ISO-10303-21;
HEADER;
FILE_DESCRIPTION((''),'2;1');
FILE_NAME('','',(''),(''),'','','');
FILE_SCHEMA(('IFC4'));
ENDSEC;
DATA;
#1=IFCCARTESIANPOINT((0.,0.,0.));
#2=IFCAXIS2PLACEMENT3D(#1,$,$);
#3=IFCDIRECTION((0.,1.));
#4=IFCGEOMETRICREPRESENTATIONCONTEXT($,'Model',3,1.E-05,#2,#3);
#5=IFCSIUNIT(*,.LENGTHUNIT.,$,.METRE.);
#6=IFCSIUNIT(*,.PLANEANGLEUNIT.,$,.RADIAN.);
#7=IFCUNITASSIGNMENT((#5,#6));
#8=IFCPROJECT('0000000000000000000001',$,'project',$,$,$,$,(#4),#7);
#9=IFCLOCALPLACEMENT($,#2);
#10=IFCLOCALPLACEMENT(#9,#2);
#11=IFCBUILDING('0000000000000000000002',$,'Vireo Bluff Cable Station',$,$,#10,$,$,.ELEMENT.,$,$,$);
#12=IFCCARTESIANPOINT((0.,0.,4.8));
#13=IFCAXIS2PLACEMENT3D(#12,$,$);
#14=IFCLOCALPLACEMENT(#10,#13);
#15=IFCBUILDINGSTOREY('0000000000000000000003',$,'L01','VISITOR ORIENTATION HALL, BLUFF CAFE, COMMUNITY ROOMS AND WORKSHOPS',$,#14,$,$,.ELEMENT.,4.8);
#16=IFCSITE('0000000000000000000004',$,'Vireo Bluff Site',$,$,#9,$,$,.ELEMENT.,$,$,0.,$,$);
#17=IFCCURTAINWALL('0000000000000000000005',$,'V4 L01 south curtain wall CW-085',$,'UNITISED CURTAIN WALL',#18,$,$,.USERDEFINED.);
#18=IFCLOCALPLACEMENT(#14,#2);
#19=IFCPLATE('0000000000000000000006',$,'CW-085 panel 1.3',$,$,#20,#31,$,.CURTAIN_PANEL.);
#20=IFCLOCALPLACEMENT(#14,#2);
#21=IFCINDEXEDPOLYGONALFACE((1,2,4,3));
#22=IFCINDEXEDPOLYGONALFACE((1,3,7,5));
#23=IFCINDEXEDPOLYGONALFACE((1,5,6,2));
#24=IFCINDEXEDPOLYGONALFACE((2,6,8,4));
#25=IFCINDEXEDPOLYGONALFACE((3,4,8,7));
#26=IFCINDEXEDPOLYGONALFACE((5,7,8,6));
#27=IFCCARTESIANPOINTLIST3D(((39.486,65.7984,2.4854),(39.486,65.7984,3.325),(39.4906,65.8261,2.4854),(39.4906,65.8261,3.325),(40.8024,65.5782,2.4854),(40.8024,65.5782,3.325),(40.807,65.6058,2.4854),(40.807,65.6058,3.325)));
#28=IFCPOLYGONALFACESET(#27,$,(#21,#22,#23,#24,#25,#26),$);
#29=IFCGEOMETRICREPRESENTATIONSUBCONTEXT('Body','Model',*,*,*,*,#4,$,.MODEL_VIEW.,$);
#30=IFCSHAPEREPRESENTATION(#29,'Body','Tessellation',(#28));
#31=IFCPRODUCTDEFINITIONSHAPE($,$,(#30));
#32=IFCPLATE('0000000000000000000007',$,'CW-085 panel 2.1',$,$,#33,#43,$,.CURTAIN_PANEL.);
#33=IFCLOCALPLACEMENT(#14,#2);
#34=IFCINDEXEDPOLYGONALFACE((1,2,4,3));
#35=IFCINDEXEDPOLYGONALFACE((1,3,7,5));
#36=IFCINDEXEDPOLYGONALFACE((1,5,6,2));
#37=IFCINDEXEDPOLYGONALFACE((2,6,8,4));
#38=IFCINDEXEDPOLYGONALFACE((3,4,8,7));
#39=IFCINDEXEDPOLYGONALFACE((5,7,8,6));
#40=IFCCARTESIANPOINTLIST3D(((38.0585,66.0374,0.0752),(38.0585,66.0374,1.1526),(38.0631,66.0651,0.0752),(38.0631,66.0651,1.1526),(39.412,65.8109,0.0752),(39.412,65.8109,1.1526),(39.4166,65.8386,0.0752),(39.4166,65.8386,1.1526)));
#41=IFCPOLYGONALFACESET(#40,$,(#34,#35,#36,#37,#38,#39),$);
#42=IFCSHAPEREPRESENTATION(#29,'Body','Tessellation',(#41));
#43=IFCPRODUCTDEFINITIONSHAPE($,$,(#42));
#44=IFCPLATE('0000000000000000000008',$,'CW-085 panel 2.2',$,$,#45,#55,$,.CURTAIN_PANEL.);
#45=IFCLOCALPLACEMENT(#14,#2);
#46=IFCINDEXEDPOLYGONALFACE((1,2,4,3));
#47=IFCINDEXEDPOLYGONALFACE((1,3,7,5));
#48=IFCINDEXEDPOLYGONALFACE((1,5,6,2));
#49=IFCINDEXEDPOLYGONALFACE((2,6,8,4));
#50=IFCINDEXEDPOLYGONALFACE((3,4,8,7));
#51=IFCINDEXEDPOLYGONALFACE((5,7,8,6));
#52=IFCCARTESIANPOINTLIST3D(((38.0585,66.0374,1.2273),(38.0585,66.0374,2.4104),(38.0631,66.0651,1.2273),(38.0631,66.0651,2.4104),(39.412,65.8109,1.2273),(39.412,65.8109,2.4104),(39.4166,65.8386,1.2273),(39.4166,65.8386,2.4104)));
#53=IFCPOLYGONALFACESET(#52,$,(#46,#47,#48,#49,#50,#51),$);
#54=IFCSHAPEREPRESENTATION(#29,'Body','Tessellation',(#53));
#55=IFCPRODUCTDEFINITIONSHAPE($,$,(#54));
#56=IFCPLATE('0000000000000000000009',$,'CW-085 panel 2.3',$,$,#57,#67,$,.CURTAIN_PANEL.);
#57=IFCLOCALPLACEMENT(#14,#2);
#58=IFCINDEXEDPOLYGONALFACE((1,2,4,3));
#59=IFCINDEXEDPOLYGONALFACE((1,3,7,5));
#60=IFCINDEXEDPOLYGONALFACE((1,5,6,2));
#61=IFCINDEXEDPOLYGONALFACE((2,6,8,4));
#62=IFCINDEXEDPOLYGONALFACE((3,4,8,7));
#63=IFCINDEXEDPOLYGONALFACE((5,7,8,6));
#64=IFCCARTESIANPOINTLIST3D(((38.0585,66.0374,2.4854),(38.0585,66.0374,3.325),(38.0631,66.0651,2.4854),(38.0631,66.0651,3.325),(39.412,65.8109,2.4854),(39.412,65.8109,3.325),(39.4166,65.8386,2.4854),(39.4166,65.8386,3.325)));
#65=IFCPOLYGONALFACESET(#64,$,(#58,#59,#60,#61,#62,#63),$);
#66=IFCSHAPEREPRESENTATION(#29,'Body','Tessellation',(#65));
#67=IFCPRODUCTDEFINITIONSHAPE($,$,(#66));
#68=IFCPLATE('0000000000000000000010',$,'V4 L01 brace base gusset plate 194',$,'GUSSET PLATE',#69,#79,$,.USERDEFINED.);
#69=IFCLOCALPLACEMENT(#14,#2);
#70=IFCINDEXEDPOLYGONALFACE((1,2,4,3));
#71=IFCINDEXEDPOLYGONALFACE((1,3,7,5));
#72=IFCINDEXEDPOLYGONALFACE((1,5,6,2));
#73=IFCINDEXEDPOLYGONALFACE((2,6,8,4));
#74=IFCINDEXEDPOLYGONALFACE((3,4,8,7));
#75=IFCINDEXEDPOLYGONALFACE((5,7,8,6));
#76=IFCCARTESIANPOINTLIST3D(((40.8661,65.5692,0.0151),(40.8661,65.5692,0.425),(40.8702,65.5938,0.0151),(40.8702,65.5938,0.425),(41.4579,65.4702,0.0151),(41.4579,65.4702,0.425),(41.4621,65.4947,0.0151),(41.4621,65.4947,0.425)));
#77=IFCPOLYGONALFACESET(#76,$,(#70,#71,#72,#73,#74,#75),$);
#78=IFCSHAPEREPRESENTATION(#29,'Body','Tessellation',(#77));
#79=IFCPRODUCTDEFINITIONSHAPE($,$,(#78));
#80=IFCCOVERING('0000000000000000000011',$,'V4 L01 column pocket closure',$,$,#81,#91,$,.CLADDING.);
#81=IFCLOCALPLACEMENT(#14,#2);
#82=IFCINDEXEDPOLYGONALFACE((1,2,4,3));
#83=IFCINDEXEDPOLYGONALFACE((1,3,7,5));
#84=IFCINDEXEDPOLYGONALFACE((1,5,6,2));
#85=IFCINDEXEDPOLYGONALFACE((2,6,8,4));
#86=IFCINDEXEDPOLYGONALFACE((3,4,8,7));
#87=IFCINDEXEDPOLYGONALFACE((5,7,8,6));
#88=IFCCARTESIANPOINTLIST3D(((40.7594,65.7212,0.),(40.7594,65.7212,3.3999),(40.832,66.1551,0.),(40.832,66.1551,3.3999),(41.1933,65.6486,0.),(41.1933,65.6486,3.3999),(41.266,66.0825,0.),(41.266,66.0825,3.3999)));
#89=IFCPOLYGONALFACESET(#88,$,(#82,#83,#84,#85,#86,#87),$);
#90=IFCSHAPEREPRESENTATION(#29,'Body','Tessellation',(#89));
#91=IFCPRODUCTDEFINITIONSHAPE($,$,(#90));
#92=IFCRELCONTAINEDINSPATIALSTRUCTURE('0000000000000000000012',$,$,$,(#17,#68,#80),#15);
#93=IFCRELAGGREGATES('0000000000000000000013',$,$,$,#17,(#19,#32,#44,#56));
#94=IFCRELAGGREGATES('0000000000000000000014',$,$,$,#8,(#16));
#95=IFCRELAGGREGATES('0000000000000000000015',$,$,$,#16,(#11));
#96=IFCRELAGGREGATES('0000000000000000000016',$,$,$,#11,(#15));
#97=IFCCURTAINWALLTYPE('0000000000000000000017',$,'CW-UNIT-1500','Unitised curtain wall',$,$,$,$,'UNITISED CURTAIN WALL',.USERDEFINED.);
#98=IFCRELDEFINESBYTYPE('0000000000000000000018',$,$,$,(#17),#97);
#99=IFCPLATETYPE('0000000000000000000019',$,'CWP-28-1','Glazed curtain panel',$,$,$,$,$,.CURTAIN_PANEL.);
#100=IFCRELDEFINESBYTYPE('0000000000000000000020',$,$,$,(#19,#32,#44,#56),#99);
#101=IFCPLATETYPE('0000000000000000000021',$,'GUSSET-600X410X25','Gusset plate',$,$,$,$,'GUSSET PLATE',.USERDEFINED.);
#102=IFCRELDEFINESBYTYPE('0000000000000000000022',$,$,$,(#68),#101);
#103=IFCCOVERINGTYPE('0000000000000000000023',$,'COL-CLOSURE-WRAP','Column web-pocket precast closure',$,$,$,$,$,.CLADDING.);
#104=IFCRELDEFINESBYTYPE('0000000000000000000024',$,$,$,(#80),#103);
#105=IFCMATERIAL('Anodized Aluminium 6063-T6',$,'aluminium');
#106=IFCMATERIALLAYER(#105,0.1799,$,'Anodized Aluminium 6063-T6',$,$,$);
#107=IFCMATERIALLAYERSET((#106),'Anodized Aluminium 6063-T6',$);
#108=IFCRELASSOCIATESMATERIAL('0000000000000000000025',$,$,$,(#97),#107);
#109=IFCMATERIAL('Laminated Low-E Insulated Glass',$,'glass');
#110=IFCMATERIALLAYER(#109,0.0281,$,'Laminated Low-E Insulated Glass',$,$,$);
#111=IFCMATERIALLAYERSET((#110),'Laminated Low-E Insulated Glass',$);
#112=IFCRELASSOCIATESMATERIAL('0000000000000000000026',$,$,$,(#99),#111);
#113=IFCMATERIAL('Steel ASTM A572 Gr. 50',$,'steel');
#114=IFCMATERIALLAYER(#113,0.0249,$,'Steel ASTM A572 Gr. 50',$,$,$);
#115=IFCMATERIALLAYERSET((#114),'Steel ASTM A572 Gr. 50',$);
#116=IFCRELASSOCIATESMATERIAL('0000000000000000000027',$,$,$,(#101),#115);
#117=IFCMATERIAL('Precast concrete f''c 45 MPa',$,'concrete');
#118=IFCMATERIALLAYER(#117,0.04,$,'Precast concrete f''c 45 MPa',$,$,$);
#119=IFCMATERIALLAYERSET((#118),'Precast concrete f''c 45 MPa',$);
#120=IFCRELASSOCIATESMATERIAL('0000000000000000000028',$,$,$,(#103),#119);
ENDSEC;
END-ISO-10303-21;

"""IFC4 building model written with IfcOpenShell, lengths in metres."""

from ifc_helpers import new_model, si_unit, direction, frame, origin, origin_2d, place, context, subcontext, project, spatial, rectangle, extrude, material, layer, layer_set, type_object, element, aggregate, save


model = new_model("IFC4")

# Units and contexts
model_context = context("Model", 3, precision=1e-05, world=origin(), true_north=direction((0.0, 1.0)))
body_context = subcontext(model_context, "Body", "Model", "MODEL_VIEW")
ifc_project = project(units=[si_unit("LENGTHUNIT", "METRE"), si_unit("PLANEANGLEUNIT", "RADIAN")], contexts=[model_context])

# Site, building, storey
site_placement = place(None, origin())
site = spatial("IfcSite", under=ifc_project, at=site_placement, Name="Vireo Bluff Site", CompositionType="ELEMENT", RefElevation=0.0)
building_placement = place(site_placement, origin())
building = spatial("IfcBuilding", under=site, at=building_placement, Name="Vireo Bluff Cable Station", CompositionType="ELEMENT")
storey_placement = place(building_placement, frame((0.0, 0.0, 4.8)))
storey = spatial("IfcBuildingStorey", under=building, at=storey_placement, Name="L01", Description="VISITOR ORIENTATION HALL, BLUFF CAFE, COMMUNITY ROOMS AND WORKSHOPS", CompositionType="ELEMENT", Elevation=4.8)

# Curtain wall
ifc_material_1 = material(Name="Anodized Aluminium 6063-T6", Category="aluminium")
ifc_layer_1 = layer(ifc_material_1, 0.1799, Name="Anodized Aluminium 6063-T6")
ifc_layer_set_1 = layer_set([ifc_layer_1], Name="Anodized Aluminium 6063-T6")
curtain_wall_type = type_object("IfcCurtainWallType", Name="CW-UNIT-1500", Description="Unitised curtain wall", ElementType="UNITISED CURTAIN WALL", PredefinedType="USERDEFINED", material=ifc_layer_set_1)
curtain_wall_placement = place(storey_placement, origin())
curtain_wall = element("IfcCurtainWall", 1, at=curtain_wall_placement, inside=storey, type_object=curtain_wall_type, Name="V4 L01 south curtain wall CW-085", ObjectType="UNITISED CURTAIN WALL", PredefinedType="USERDEFINED")

# Plates
ifc_material_2 = material(Name="Laminated Low-E Insulated Glass", Category="glass")
ifc_layer_2 = layer(ifc_material_2, 0.0281, Name="Laminated Low-E Insulated Glass")
ifc_layer_set_2 = layer_set([ifc_layer_2], Name="Laminated Low-E Insulated Glass")
plate_type_1 = type_object("IfcPlateType", Name="CWP-28-1", Description="Glazed curtain panel", PredefinedType="CURTAIN_PANEL", material=ifc_layer_set_2)
plate_1_placement = place(storey_placement, frame((40.1465, 65.7021, 2.4854), z_axis=(0.0, 0.0, 1.0), x_axis=(-0.986286, 0.165048, 0.0)))
plate_1 = element("IfcPlate", 2, at=plate_1_placement, type_object=plate_type_1, Name="CW-085 panel 1.3", PredefinedType="CURTAIN_PANEL", context=body_context, shape_type="SweptSolid", body=[
    extrude(rectangle(XDim=1.3347, YDim=0.0281, at=origin_2d()), origin(), (0.0, 0.0, 1.0), 0.8396),
])
plate_2_placement = place(storey_placement, frame((38.7375, 65.938, 0.0752), z_axis=(0.0, 0.0, 1.0), x_axis=(-0.986286, 0.165048, 0.0)))
plate_2 = element("IfcPlate", 3, at=plate_2_placement, type_object=plate_type_1, Name="CW-085 panel 2.1", PredefinedType="CURTAIN_PANEL", context=body_context, shape_type="SweptSolid", body=[
    extrude(rectangle(XDim=1.3723, YDim=0.0281, at=origin_2d()), origin(), (0.0, 0.0, 1.0), 1.0774),
])
plate_3_placement = place(storey_placement, frame((38.7375, 65.938, 1.2273), z_axis=(0.0, 0.0, 1.0), x_axis=(-0.986286, 0.165048, 0.0)))
plate_3 = element("IfcPlate", 4, at=plate_3_placement, type_object=plate_type_1, Name="CW-085 panel 2.2", PredefinedType="CURTAIN_PANEL", context=body_context, shape_type="SweptSolid", body=[
    extrude(rectangle(XDim=1.3723, YDim=0.0281, at=origin_2d()), origin(), (0.0, 0.0, 1.0), 1.1831),
])
plate_4_placement = place(storey_placement, frame((38.7375, 65.938, 2.4854), z_axis=(0.0, 0.0, 1.0), x_axis=(-0.986286, 0.165048, 0.0)))
plate_4 = element("IfcPlate", 5, at=plate_4_placement, type_object=plate_type_1, Name="CW-085 panel 2.3", PredefinedType="CURTAIN_PANEL", context=body_context, shape_type="SweptSolid", body=[
    extrude(rectangle(XDim=1.3723, YDim=0.0281, at=origin_2d()), origin(), (0.0, 0.0, 1.0), 0.8396),
])
aggregate(curtain_wall, [plate_1, plate_2, plate_3, plate_4])
ifc_material_3 = material(Name="Steel ASTM A572 Gr. 50", Category="steel")
ifc_layer_3 = layer(ifc_material_3, 0.0249, Name="Steel ASTM A572 Gr. 50")
ifc_layer_set_3 = layer_set([ifc_layer_3], Name="Steel ASTM A572 Gr. 50")
plate_type_2 = type_object("IfcPlateType", Name="GUSSET-600X410X25", Description="Gusset plate", ElementType="GUSSET PLATE", PredefinedType="USERDEFINED", material=ifc_layer_set_3)
plate_5_placement = place(storey_placement, frame((41.1641, 65.532, 0.0151), z_axis=(0.0, 0.0, 1.0), x_axis=(0.986286, -0.165048, 0.0)))
element("IfcPlate", 6, at=plate_5_placement, inside=storey, type_object=plate_type_2, Name="V4 L01 brace base gusset plate 194", ObjectType="GUSSET PLATE", PredefinedType="USERDEFINED", context=body_context, shape_type="SweptSolid", body=[
    extrude(rectangle(XDim=0.6001, YDim=0.0249, at=origin_2d()), origin(), (0.0, 0.0, 1.0), 0.4099),
])

# Covering
ifc_material_4 = material(Name="Precast concrete f'c 45 MPa", Category="concrete")
ifc_layer_4 = layer(ifc_material_4, 0.04, Name="Precast concrete f'c 45 MPa")
ifc_layer_set_4 = layer_set([ifc_layer_4], Name="Precast concrete f'c 45 MPa")
covering_type = type_object("IfcCoveringType", Name="COL-CLOSURE-WRAP", Description="Column web-pocket precast closure", PredefinedType="CLADDING", material=ifc_layer_set_4)
covering_placement = place(storey_placement, frame((41.0127, 65.9019, 0.0), z_axis=(0.0, 0.0, 1.0), x_axis=(0.986286, -0.165048, 0.0)))
element("IfcCovering", 7, at=covering_placement, inside=storey, type_object=covering_type, Name="V4 L01 column pocket closure", PredefinedType="CLADDING", context=body_context, shape_type="SweptSolid", body=[
    extrude(rectangle(XDim=0.4399, YDim=0.4399, at=origin_2d()), origin(), (0.0, 0.0, 1.0), 3.3999),
])

save(model, "model.ifc")
